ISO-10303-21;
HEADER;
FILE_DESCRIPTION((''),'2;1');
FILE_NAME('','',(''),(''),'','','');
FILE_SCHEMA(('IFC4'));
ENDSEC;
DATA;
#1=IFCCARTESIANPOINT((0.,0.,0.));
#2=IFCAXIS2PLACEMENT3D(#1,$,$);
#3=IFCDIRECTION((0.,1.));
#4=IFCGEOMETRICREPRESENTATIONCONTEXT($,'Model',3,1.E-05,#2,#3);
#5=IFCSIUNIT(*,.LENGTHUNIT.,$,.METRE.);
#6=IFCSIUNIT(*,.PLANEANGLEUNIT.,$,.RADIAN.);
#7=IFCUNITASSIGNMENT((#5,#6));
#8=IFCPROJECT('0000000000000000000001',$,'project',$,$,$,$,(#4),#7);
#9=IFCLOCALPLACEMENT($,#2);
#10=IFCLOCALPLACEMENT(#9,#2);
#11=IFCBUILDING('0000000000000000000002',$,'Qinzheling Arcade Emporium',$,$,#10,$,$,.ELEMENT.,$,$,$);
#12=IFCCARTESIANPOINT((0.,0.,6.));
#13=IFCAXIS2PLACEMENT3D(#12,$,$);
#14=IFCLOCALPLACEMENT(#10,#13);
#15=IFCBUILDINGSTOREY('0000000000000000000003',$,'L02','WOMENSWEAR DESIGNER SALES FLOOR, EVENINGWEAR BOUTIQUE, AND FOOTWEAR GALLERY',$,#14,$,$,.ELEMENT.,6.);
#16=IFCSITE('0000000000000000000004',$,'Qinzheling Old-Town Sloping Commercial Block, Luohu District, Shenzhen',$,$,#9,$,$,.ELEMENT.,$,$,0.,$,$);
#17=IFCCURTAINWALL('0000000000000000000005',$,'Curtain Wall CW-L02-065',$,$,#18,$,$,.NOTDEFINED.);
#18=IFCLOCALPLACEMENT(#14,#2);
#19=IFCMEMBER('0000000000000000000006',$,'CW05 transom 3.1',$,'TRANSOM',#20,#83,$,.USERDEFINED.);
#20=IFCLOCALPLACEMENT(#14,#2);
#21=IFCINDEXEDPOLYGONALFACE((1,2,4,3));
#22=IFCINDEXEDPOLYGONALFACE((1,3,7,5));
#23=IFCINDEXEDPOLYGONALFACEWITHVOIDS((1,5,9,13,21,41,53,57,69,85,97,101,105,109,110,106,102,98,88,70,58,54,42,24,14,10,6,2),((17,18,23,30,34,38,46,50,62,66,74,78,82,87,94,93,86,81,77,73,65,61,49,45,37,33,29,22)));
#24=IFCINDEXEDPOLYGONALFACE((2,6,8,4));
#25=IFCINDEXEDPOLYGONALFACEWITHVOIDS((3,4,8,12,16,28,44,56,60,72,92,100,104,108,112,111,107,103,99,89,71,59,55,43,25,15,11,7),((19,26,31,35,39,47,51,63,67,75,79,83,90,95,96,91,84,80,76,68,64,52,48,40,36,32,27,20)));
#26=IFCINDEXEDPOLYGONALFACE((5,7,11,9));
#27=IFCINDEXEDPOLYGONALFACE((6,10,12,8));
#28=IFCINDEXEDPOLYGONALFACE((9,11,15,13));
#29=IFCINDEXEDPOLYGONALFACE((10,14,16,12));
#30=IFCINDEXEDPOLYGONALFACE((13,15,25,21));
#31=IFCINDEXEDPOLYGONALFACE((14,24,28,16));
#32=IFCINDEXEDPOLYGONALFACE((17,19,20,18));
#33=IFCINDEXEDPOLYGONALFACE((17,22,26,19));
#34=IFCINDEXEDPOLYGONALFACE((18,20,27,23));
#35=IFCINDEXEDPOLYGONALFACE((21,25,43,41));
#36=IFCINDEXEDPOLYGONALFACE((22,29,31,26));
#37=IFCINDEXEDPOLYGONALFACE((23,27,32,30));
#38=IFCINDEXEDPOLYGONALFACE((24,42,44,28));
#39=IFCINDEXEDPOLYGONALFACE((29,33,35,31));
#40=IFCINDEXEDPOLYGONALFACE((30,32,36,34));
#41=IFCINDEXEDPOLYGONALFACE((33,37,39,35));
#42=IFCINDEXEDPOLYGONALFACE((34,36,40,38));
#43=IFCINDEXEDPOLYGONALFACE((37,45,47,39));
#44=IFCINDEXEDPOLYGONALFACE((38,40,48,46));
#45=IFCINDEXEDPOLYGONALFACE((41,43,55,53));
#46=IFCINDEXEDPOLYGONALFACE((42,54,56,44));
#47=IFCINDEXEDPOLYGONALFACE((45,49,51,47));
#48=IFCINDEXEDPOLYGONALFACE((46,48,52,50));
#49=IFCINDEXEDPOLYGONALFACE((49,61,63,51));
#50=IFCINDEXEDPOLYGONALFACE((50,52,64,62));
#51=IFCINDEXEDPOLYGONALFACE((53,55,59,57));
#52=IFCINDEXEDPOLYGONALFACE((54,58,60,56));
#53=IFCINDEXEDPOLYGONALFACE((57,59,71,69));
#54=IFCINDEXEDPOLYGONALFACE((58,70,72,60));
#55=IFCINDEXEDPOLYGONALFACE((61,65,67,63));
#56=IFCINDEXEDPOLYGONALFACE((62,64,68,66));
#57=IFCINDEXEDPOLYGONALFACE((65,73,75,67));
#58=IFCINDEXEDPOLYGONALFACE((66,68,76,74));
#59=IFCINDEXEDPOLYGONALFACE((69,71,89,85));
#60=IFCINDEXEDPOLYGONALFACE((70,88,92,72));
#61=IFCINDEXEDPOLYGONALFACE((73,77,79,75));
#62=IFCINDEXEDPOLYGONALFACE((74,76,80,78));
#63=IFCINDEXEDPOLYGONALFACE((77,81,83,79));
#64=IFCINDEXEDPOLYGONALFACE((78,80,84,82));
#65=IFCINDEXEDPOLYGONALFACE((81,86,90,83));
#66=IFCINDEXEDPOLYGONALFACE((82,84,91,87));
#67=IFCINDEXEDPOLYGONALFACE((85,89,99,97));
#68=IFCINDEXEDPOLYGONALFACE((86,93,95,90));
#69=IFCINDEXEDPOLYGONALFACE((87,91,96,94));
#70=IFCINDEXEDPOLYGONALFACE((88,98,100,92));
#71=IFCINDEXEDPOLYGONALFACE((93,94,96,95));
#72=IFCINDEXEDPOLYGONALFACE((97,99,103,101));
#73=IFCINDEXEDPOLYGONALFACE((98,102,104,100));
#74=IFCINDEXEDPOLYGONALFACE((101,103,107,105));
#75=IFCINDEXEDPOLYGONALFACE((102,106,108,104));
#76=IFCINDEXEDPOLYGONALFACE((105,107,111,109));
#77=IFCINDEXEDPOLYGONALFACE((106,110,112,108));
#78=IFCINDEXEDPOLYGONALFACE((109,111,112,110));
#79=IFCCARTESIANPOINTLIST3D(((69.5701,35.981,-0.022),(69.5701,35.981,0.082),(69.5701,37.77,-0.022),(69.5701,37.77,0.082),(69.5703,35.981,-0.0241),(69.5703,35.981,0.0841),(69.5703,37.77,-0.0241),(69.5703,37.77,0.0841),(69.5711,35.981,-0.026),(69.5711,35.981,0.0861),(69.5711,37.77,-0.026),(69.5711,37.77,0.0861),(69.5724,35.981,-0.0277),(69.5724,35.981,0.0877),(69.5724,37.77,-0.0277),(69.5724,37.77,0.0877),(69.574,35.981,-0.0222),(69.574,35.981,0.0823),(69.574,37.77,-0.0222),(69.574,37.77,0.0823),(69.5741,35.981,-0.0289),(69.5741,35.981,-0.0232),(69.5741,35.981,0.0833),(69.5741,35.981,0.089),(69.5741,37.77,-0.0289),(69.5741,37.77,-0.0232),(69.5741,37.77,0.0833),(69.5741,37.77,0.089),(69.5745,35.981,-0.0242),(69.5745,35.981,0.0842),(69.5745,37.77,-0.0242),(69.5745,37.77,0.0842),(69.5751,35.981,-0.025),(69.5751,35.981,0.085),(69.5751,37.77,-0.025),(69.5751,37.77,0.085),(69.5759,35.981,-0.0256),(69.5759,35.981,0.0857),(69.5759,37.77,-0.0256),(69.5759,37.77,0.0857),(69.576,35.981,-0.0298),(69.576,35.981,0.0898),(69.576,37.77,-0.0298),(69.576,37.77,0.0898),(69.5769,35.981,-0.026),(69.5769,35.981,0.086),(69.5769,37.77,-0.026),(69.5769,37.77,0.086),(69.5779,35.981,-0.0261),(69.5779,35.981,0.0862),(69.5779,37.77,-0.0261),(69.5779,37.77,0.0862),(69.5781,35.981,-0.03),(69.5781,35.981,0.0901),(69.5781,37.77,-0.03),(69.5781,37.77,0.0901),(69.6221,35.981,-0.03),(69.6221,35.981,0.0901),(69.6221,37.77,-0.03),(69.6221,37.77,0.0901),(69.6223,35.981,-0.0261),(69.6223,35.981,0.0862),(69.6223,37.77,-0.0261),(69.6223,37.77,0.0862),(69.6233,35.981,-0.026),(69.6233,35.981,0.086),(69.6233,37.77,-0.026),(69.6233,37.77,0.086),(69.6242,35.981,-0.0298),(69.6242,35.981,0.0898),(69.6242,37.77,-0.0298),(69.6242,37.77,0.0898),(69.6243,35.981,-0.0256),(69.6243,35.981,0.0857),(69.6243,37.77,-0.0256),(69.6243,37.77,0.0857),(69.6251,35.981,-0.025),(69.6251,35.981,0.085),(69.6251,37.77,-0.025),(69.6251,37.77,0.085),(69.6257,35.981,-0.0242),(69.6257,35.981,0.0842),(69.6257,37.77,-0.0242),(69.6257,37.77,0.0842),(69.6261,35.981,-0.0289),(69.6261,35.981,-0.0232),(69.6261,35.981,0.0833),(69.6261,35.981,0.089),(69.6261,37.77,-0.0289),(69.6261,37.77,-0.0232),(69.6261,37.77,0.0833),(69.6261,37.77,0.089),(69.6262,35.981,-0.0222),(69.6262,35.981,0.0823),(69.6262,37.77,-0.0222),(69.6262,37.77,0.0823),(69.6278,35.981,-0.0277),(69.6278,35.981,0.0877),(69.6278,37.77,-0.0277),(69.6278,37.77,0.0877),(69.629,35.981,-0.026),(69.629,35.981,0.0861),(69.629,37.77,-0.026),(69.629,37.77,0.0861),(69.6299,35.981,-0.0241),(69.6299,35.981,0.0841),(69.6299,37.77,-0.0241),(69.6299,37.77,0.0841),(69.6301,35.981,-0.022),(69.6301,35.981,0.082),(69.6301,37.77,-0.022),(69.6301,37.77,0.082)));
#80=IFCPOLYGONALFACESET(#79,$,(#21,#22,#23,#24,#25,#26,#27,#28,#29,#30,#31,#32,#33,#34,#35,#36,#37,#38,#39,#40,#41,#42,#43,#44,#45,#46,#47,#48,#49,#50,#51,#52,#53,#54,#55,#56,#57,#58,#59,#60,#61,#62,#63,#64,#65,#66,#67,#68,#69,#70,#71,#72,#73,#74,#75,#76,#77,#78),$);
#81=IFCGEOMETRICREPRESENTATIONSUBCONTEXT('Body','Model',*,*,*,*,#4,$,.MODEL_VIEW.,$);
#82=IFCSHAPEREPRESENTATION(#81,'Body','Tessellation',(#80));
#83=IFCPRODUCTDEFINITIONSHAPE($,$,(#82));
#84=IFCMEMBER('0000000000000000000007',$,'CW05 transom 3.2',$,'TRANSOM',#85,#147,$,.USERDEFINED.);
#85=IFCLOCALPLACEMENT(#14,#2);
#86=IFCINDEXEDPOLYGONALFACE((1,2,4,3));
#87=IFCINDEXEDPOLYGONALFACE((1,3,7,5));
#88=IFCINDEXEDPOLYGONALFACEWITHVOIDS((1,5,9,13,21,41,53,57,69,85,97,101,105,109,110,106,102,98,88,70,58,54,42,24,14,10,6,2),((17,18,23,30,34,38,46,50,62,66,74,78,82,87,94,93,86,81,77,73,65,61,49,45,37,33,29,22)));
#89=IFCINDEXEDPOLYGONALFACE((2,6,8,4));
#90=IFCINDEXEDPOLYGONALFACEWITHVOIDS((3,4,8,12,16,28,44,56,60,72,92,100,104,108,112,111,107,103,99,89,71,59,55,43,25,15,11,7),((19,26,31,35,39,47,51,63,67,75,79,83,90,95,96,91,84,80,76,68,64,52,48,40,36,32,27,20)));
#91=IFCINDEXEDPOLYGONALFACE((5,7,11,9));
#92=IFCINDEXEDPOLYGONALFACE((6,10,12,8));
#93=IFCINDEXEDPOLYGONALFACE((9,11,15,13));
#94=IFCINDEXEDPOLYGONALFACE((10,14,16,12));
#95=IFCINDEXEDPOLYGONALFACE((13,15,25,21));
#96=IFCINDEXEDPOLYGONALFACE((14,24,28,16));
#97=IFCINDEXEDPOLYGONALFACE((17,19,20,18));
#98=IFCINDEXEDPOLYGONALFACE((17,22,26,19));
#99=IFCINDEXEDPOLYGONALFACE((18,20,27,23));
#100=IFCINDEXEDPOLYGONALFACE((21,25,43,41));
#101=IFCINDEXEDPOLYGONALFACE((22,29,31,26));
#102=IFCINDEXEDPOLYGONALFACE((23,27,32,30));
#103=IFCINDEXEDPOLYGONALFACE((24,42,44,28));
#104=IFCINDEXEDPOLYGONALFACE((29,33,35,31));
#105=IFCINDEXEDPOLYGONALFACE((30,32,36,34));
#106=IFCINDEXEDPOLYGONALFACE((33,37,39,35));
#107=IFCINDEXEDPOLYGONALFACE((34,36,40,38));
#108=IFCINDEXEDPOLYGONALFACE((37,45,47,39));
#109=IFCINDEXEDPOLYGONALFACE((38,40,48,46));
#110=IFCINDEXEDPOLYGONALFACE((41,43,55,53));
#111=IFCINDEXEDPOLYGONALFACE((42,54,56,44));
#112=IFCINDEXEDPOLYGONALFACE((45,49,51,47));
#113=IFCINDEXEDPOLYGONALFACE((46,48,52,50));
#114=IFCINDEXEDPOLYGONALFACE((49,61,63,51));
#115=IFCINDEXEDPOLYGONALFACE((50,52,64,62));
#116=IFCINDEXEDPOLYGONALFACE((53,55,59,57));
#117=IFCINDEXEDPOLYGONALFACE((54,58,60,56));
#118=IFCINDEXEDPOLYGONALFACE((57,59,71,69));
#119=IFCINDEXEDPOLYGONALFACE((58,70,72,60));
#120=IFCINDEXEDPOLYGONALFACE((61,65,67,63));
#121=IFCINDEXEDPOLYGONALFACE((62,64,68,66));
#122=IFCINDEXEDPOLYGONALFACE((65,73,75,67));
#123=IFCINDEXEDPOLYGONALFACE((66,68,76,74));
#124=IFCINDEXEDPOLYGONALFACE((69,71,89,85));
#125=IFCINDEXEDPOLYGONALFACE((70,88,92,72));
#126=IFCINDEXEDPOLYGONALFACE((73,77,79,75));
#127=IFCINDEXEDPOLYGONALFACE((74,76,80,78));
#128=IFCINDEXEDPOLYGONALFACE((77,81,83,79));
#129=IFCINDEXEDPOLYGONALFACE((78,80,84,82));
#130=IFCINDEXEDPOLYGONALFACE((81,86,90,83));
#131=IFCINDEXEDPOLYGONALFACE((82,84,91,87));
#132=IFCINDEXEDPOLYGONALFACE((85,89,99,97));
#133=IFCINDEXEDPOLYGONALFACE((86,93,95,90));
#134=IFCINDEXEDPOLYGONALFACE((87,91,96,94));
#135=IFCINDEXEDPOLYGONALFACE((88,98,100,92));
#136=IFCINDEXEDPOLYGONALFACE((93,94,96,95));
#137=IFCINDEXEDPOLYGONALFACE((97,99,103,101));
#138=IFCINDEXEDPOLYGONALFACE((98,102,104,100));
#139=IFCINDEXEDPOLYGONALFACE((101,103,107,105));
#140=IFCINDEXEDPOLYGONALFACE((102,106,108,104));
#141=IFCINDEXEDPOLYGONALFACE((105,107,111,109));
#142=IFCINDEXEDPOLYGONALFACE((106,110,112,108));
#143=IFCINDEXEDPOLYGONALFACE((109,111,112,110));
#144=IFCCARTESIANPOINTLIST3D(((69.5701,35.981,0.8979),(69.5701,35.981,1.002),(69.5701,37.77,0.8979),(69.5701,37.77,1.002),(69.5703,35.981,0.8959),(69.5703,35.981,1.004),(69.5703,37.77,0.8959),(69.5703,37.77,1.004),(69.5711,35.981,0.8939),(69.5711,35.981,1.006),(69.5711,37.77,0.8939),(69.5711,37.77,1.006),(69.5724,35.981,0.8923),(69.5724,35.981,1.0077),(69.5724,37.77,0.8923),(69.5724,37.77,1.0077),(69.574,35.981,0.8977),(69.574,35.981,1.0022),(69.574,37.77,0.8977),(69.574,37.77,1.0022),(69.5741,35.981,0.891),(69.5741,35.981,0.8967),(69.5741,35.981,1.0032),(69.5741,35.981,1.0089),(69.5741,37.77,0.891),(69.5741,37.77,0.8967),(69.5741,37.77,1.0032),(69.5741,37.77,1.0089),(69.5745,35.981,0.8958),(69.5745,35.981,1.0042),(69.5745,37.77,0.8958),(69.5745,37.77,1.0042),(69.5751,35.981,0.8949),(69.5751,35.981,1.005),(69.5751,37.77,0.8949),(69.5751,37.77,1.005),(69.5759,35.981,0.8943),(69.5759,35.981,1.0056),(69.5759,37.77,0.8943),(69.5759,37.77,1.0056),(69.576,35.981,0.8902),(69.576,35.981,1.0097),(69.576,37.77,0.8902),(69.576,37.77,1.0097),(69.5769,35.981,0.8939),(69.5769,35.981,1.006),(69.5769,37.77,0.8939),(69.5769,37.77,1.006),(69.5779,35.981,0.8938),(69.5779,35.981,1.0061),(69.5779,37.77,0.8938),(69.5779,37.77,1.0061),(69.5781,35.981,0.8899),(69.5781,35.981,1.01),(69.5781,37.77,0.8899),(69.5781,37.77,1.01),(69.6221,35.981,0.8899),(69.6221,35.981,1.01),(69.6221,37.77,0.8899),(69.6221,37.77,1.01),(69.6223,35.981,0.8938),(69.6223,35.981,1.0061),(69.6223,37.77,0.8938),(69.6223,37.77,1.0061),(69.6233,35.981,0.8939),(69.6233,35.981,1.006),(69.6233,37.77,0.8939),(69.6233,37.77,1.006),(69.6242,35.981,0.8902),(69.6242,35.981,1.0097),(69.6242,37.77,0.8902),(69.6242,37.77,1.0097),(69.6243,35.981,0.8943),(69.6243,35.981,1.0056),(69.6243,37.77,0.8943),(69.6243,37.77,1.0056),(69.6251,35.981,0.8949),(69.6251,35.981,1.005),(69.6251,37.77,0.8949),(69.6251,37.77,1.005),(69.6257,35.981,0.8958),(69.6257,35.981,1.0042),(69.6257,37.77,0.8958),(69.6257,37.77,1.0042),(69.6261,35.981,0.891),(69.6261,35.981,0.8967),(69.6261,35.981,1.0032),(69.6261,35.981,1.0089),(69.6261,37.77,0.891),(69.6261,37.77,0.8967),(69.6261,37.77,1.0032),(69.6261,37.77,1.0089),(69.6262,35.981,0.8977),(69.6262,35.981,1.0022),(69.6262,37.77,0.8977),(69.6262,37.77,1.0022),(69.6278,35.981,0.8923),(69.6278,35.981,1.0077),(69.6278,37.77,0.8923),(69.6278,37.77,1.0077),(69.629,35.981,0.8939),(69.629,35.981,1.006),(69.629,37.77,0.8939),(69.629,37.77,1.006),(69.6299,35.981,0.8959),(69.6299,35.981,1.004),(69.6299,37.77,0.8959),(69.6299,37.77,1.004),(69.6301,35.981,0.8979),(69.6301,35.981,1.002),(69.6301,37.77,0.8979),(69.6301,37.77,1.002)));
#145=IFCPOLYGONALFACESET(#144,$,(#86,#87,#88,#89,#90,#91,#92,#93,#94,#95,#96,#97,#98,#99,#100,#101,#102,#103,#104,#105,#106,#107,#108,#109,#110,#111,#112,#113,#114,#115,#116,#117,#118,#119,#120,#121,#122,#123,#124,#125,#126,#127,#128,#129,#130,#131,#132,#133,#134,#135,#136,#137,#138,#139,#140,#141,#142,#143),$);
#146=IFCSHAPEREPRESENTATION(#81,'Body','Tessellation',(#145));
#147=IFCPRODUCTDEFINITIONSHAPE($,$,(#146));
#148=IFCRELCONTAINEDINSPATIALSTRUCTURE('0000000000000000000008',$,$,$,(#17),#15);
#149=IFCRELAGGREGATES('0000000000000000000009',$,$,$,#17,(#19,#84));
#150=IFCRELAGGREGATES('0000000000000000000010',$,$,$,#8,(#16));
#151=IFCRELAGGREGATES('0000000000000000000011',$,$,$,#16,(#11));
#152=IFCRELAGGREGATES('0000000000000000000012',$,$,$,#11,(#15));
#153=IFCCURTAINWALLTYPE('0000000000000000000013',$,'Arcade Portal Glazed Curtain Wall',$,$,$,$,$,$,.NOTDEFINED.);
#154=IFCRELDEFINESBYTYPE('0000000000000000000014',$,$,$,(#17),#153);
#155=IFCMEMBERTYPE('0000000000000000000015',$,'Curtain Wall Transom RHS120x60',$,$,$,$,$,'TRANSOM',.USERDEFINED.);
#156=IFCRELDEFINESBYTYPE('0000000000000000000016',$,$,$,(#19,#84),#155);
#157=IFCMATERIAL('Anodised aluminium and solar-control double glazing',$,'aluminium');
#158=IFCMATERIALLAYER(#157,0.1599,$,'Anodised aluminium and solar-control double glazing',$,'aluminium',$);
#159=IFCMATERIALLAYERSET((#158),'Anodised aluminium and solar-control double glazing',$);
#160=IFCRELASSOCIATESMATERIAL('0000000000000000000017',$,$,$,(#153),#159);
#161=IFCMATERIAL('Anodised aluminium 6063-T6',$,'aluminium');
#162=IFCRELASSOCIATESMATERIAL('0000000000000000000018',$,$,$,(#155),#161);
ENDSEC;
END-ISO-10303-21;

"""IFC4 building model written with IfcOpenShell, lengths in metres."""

from ifc_helpers import new_model, si_unit, direction, frame, origin, origin_2d, place, context, subcontext, project, spatial, hollow_rectangle, extrude, material, layer, layer_set, material_profile, profile_set, type_object, element, aggregate, save


model = new_model("IFC4")

# Units and contexts
model_context = context("Model", 3, precision=1e-05, world=origin(), true_north=direction((0.0, 1.0)))
body_context = subcontext(model_context, "Body", "Model", "MODEL_VIEW")
ifc_project = project(units=[si_unit("LENGTHUNIT", "METRE"), si_unit("PLANEANGLEUNIT", "RADIAN")], contexts=[model_context])

# Site, building, storey
site_placement = place(None, origin())
site = spatial("IfcSite", under=ifc_project, at=site_placement, Name="Qinzheling Old-Town Sloping Commercial Block, Luohu District, Shenzhen", CompositionType="ELEMENT", RefElevation=0.0)
building_placement = place(site_placement, origin())
building = spatial("IfcBuilding", under=site, at=building_placement, Name="Qinzheling Arcade Emporium", CompositionType="ELEMENT")
storey_placement = place(building_placement, frame((0.0, 0.0, 6.0)))
storey = spatial("IfcBuildingStorey", under=building, at=storey_placement, Name="L02", Description="WOMENSWEAR DESIGNER SALES FLOOR, EVENINGWEAR BOUTIQUE, AND FOOTWEAR GALLERY", CompositionType="ELEMENT", Elevation=6.0)

# Curtain wall
ifc_material_1 = material(Name="Anodised aluminium and solar-control double glazing", Category="aluminium")
ifc_layer_1 = layer(ifc_material_1, 0.1599, Name="Anodised aluminium and solar-control double glazing", Category="aluminium")
ifc_layer_set_1 = layer_set([ifc_layer_1], Name="Anodised aluminium and solar-control double glazing")
curtain_wall_type = type_object("IfcCurtainWallType", Name="Arcade Portal Glazed Curtain Wall", PredefinedType="NOTDEFINED", material=ifc_layer_set_1)
curtain_wall_1_placement = place(storey_placement, origin())
curtain_wall_1 = element("IfcCurtainWall", 1, at=curtain_wall_1_placement, inside=storey, type_object=curtain_wall_type, Name="Curtain Wall CW-L02-065", PredefinedType="NOTDEFINED")
ifc_material_2 = material(Name="Anodised aluminium 6063-T6", Category="aluminium")

# Members
ifc_material_profile_1 = material_profile(ifc_material_2, hollow_rectangle(XDim=0.0601, YDim=0.1201, WallThickness=0.0039, InnerFilletRadius=0.0039, OuterFilletRadius=0.0081, at=origin_2d()), Name="RHS 120x60x4", Category="aluminium")
ifc_profile_set_1 = profile_set([ifc_material_profile_1], Name="Anodised aluminium 6063-T6")
member_type_1 = type_object("IfcMemberType", Name="Curtain Wall Transom RHS120x60", ElementType="TRANSOM", PredefinedType="USERDEFINED", material=ifc_profile_set_1)
member_1_placement = place(storey_placement, frame((69.6001, 37.77, 0.03), z_axis=(0.0, -1.0, 0.0), x_axis=(1.0, 0.0, 0.0)))
member_1 = element("IfcMember", 2, at=member_1_placement, type_object=member_type_1, Name="CW05 transom 3.1", ObjectType="TRANSOM", PredefinedType="USERDEFINED", context=body_context, shape_type="SweptSolid", body=[
    extrude(hollow_rectangle(XDim=0.0601, YDim=0.1201, WallThickness=0.0039, InnerFilletRadius=0.0039, OuterFilletRadius=0.0081, at=origin_2d()), origin(), (0.0, 0.0, 1.0), 1.7891),
])
member_2_placement = place(storey_placement, frame((69.6001, 37.77, 0.95), z_axis=(0.0, -1.0, 0.0), x_axis=(1.0, 0.0, 0.0)))
member_2 = element("IfcMember", 3, at=member_2_placement, type_object=member_type_1, Name="CW05 transom 3.2", ObjectType="TRANSOM", PredefinedType="USERDEFINED", context=body_context, shape_type="SweptSolid", body=[
    extrude(hollow_rectangle(XDim=0.0601, YDim=0.1201, WallThickness=0.0039, InnerFilletRadius=0.0039, OuterFilletRadius=0.0081, at=origin_2d()), origin(), (0.0, 0.0, 1.0), 1.7891),
])

aggregate(curtain_wall_1, [member_1, member_2])

save(model, "model.ifc")
